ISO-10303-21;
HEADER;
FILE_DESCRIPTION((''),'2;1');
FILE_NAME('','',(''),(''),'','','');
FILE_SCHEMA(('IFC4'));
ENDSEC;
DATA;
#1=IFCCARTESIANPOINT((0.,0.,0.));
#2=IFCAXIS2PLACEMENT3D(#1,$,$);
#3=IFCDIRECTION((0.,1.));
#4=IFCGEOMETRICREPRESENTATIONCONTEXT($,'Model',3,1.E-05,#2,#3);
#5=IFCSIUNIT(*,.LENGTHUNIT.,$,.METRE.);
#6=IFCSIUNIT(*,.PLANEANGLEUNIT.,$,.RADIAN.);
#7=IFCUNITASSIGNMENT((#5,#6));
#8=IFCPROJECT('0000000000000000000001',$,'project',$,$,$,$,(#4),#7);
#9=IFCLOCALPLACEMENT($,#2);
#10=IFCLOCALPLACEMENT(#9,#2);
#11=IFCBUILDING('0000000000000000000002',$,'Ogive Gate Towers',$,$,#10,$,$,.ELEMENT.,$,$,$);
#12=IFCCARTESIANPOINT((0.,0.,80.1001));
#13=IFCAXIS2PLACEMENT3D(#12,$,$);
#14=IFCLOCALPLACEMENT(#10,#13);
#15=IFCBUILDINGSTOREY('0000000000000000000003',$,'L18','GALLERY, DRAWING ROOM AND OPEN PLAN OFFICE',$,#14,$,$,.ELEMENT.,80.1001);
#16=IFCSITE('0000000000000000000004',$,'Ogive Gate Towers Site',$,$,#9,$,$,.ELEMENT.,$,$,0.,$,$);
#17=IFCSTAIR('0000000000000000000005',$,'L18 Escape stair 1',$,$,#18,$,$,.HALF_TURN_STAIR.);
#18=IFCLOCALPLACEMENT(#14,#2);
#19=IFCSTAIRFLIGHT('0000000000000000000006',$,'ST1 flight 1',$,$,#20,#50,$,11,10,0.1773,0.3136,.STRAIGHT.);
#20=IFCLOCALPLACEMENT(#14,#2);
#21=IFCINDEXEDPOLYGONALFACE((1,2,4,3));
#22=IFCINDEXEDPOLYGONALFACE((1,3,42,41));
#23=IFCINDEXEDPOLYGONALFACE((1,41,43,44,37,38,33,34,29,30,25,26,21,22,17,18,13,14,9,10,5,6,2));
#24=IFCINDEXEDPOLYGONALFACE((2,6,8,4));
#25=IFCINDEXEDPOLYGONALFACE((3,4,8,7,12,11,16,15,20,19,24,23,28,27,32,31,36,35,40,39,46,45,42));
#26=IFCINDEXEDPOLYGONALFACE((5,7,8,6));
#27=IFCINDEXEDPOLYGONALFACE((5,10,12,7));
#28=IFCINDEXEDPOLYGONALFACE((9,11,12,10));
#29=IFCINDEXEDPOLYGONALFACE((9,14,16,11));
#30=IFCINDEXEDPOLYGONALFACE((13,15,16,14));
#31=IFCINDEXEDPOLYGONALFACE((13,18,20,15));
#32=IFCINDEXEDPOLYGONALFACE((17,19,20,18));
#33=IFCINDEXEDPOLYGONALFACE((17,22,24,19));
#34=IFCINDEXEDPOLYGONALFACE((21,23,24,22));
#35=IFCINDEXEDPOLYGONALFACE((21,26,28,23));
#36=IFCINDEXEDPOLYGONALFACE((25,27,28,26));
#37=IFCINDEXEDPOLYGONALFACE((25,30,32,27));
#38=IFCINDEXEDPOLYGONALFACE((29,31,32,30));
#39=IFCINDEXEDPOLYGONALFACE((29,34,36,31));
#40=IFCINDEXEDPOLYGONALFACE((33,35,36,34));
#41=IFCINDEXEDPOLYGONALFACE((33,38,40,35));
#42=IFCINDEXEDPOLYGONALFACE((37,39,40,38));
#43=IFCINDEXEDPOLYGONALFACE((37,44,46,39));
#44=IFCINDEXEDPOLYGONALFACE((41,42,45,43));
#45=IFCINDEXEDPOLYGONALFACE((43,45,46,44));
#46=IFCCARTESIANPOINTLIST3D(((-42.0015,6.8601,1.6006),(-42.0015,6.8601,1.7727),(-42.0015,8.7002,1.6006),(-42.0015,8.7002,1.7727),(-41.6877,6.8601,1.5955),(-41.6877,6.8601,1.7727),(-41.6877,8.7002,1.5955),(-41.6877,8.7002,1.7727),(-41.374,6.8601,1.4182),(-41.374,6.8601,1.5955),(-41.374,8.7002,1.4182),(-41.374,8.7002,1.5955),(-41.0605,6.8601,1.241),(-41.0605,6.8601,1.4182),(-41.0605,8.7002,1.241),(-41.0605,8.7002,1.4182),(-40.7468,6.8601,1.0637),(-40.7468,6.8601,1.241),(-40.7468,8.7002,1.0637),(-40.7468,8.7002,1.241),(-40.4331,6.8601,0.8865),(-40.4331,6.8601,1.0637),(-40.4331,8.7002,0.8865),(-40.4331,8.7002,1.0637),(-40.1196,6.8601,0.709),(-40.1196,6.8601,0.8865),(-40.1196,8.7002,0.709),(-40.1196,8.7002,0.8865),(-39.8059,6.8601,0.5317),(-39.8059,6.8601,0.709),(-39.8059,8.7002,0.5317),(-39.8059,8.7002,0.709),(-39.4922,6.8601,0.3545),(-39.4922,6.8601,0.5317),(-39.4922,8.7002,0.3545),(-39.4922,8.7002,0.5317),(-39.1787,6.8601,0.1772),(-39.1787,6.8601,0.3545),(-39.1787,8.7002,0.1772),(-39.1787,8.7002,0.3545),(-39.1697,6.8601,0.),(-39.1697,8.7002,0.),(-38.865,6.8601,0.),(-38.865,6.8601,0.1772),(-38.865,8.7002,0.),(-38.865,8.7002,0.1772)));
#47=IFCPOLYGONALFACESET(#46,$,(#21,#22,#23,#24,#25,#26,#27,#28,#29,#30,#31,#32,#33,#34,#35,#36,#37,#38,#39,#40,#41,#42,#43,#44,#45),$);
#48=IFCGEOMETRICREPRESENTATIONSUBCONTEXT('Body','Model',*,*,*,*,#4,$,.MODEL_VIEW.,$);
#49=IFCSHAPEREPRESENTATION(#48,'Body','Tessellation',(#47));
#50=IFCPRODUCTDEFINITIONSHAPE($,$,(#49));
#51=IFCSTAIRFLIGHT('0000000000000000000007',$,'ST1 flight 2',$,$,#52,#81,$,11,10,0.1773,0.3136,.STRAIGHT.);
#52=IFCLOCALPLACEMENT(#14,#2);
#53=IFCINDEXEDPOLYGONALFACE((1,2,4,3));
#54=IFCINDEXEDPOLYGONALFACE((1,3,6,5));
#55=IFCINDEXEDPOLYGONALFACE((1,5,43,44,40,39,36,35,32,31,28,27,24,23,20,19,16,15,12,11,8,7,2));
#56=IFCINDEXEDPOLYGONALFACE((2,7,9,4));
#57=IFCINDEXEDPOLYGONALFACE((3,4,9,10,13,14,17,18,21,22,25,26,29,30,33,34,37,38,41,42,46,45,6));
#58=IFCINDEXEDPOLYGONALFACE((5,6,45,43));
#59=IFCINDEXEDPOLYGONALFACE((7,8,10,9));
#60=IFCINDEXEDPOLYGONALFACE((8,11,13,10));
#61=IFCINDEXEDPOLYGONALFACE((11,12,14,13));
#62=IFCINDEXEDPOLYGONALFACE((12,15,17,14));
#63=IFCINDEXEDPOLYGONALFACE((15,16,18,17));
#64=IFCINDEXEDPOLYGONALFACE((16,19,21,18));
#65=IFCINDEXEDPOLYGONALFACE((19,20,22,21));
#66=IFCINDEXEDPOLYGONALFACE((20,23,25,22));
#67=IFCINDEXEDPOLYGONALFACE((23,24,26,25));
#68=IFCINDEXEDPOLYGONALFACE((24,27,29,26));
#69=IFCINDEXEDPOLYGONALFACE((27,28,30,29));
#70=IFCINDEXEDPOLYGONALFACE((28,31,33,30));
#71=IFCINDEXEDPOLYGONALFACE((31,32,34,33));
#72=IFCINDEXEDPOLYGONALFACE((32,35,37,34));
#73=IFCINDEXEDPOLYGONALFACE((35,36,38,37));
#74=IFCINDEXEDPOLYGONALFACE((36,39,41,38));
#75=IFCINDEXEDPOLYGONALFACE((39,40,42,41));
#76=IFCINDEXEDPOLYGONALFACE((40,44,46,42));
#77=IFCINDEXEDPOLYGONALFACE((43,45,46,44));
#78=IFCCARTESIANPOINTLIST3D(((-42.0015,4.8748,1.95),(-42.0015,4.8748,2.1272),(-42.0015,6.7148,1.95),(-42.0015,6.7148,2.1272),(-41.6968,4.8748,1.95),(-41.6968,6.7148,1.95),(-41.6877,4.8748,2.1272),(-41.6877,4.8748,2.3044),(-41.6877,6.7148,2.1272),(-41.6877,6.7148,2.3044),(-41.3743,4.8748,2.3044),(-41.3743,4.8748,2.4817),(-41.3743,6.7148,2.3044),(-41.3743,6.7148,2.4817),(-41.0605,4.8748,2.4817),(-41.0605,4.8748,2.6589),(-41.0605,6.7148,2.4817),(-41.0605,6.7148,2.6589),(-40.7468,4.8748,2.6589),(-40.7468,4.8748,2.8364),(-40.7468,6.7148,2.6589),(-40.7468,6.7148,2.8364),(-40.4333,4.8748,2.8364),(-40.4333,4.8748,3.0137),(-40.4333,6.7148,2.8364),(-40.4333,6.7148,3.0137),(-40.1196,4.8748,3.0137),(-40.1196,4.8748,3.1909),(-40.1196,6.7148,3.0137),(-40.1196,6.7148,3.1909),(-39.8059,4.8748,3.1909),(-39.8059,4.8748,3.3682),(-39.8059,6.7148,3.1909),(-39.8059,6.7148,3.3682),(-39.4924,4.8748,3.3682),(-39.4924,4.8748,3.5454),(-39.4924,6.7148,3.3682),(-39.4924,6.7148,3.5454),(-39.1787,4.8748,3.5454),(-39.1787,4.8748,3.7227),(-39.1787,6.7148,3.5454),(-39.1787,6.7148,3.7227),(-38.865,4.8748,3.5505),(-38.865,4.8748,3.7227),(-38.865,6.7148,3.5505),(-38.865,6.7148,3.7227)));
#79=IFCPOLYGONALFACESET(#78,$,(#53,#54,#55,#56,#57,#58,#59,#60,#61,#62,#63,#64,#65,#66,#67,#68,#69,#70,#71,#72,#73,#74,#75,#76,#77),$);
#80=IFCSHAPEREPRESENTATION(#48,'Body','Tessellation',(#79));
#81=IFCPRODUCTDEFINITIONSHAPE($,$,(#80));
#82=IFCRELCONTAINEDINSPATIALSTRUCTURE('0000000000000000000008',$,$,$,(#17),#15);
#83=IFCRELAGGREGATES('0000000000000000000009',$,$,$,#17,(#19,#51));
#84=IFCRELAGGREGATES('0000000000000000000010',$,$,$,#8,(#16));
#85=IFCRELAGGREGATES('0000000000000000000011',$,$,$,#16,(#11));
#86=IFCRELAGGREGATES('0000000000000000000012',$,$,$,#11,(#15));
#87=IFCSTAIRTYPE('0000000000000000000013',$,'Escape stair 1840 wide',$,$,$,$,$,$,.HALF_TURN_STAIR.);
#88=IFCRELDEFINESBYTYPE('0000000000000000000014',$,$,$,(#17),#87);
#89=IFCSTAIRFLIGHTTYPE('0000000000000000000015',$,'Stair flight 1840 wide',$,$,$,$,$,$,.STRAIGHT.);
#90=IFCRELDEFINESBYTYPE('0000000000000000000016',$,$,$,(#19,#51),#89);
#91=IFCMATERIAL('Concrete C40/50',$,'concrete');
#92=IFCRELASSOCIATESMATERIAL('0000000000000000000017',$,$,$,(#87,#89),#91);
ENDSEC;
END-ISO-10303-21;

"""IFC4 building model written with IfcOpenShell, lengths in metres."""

from ifc_helpers import new_model, si_unit, direction, frame, origin, place, context, subcontext, project, spatial, polyline, outline, extrude, material, type_object, element, aggregate, save


model = new_model("IFC4")

# Units and contexts
model_context = context("Model", 3, precision=1e-05, world=origin(), true_north=direction((0.0, 1.0)))
body_context = subcontext(model_context, "Body", "Model", "MODEL_VIEW")
ifc_project = project(units=[si_unit("LENGTHUNIT", "METRE"), si_unit("PLANEANGLEUNIT", "RADIAN")], contexts=[model_context])

# Site, building, storey
site_placement = place(None, origin())
site = spatial("IfcSite", under=ifc_project, at=site_placement, Name="Ogive Gate Towers Site", CompositionType="ELEMENT", RefElevation=0.0)
building_placement = place(site_placement, origin())
building = spatial("IfcBuilding", under=site, at=building_placement, Name="Ogive Gate Towers", CompositionType="ELEMENT")
storey_placement = place(building_placement, frame((0.0, 0.0, 80.1001)))
storey = spatial("IfcBuildingStorey", under=building, at=storey_placement, Name="L18", Description="GALLERY, DRAWING ROOM AND OPEN PLAN OFFICE", CompositionType="ELEMENT", Elevation=80.1001)

# Stair, stair flights
ifc_material_1 = material(Name="Concrete C40/50", Category="concrete")
stair_type = type_object("IfcStairType", Name="Escape stair 1840 wide", PredefinedType="HALF_TURN_STAIR", material=ifc_material_1)
stair_placement = place(storey_placement, origin())
stair = element("IfcStair", 1, at=stair_placement, inside=storey, type_object=stair_type, Name="L18 Escape stair 1", PredefinedType="HALF_TURN_STAIR")
stair_flight_type = type_object("IfcStairFlightType", Name="Stair flight 1840 wide", PredefinedType="STRAIGHT", material=ifc_material_1)
stair_flight_1_placement = place(storey_placement, frame((-38.865, 7.78, 0.0), z_axis=(0.0, 0.0, 1.0), x_axis=(-1.0, 0.0, 0.0)))
stair_flight_1 = element("IfcStairFlight", 2, at=stair_flight_1_placement, type_object=stair_flight_type, Name="ST1 flight 1", NumberOfRisers=11, NumberOfTreads=10, PredefinedType="STRAIGHT", RiserHeight=0.1773, TreadLength=0.3136, context=body_context, shape_type="SweptSolid", body=[
    extrude(outline(polyline([(0.0, 0.0), (0.0, 0.1772), (0.3137, 0.1772), (0.3137, 0.3545), (0.6272, 0.3545), (0.6272, 0.5317), (0.9409, 0.5317), (0.9409, 0.709), (1.2546, 0.709), (1.2546, 0.8865), (1.5681, 0.8865), (1.5681, 1.0637), (1.8818, 1.0637), (1.8818, 1.241), (2.1956, 1.241), (2.1956, 1.4182), (2.509, 1.4182), (2.509, 1.5955), (2.8228, 1.5955), (2.8228, 1.7727), (3.1365, 1.7727), (3.1365, 1.95), (3.1365, 1.6006), (0.3047, 0.0), (0.0, 0.0)])), frame((0.0, 0.9199, 0.0), z_axis=(0.0, -1.0, 0.0), x_axis=(1.0, 0.0, 0.0)), (0.0, 0.0, 1.0), 1.8401),
])
stair_flight_2_placement = place(storey_placement, frame((-42.0015, 5.7949, 1.95), z_axis=(0.0, 0.0, 1.0), x_axis=(1.0, 0.0, 0.0)))
stair_flight_2 = element("IfcStairFlight", 3, at=stair_flight_2_placement, type_object=stair_flight_type, Name="ST1 flight 2", NumberOfRisers=11, NumberOfTreads=10, PredefinedType="STRAIGHT", RiserHeight=0.1773, TreadLength=0.3136, context=body_context, shape_type="SweptSolid", body=[
    extrude(outline(polyline([(0.0, 0.0), (0.0, 0.1772), (0.3137, 0.1772), (0.3137, 0.3545), (0.6272, 0.3545), (0.6272, 0.5317), (0.9409, 0.5317), (0.9409, 0.709), (1.2546, 0.709), (1.2546, 0.8865), (1.5681, 0.8865), (1.5681, 1.0637), (1.8818, 1.0637), (1.8818, 1.241), (2.1956, 1.241), (2.1956, 1.4182), (2.509, 1.4182), (2.509, 1.5955), (2.8228, 1.5955), (2.8228, 1.7727), (3.1365, 1.7727), (3.1365, 1.95), (3.1365, 1.6006), (0.3047, 0.0), (0.0, 0.0)])), frame((0.0, 0.9199, 0.0), z_axis=(0.0, -1.0, 0.0), x_axis=(1.0, 0.0, 0.0)), (0.0, 0.0, 1.0), 1.8401),
])
aggregate(stair, [stair_flight_1, stair_flight_2])

save(model, "model.ifc")
